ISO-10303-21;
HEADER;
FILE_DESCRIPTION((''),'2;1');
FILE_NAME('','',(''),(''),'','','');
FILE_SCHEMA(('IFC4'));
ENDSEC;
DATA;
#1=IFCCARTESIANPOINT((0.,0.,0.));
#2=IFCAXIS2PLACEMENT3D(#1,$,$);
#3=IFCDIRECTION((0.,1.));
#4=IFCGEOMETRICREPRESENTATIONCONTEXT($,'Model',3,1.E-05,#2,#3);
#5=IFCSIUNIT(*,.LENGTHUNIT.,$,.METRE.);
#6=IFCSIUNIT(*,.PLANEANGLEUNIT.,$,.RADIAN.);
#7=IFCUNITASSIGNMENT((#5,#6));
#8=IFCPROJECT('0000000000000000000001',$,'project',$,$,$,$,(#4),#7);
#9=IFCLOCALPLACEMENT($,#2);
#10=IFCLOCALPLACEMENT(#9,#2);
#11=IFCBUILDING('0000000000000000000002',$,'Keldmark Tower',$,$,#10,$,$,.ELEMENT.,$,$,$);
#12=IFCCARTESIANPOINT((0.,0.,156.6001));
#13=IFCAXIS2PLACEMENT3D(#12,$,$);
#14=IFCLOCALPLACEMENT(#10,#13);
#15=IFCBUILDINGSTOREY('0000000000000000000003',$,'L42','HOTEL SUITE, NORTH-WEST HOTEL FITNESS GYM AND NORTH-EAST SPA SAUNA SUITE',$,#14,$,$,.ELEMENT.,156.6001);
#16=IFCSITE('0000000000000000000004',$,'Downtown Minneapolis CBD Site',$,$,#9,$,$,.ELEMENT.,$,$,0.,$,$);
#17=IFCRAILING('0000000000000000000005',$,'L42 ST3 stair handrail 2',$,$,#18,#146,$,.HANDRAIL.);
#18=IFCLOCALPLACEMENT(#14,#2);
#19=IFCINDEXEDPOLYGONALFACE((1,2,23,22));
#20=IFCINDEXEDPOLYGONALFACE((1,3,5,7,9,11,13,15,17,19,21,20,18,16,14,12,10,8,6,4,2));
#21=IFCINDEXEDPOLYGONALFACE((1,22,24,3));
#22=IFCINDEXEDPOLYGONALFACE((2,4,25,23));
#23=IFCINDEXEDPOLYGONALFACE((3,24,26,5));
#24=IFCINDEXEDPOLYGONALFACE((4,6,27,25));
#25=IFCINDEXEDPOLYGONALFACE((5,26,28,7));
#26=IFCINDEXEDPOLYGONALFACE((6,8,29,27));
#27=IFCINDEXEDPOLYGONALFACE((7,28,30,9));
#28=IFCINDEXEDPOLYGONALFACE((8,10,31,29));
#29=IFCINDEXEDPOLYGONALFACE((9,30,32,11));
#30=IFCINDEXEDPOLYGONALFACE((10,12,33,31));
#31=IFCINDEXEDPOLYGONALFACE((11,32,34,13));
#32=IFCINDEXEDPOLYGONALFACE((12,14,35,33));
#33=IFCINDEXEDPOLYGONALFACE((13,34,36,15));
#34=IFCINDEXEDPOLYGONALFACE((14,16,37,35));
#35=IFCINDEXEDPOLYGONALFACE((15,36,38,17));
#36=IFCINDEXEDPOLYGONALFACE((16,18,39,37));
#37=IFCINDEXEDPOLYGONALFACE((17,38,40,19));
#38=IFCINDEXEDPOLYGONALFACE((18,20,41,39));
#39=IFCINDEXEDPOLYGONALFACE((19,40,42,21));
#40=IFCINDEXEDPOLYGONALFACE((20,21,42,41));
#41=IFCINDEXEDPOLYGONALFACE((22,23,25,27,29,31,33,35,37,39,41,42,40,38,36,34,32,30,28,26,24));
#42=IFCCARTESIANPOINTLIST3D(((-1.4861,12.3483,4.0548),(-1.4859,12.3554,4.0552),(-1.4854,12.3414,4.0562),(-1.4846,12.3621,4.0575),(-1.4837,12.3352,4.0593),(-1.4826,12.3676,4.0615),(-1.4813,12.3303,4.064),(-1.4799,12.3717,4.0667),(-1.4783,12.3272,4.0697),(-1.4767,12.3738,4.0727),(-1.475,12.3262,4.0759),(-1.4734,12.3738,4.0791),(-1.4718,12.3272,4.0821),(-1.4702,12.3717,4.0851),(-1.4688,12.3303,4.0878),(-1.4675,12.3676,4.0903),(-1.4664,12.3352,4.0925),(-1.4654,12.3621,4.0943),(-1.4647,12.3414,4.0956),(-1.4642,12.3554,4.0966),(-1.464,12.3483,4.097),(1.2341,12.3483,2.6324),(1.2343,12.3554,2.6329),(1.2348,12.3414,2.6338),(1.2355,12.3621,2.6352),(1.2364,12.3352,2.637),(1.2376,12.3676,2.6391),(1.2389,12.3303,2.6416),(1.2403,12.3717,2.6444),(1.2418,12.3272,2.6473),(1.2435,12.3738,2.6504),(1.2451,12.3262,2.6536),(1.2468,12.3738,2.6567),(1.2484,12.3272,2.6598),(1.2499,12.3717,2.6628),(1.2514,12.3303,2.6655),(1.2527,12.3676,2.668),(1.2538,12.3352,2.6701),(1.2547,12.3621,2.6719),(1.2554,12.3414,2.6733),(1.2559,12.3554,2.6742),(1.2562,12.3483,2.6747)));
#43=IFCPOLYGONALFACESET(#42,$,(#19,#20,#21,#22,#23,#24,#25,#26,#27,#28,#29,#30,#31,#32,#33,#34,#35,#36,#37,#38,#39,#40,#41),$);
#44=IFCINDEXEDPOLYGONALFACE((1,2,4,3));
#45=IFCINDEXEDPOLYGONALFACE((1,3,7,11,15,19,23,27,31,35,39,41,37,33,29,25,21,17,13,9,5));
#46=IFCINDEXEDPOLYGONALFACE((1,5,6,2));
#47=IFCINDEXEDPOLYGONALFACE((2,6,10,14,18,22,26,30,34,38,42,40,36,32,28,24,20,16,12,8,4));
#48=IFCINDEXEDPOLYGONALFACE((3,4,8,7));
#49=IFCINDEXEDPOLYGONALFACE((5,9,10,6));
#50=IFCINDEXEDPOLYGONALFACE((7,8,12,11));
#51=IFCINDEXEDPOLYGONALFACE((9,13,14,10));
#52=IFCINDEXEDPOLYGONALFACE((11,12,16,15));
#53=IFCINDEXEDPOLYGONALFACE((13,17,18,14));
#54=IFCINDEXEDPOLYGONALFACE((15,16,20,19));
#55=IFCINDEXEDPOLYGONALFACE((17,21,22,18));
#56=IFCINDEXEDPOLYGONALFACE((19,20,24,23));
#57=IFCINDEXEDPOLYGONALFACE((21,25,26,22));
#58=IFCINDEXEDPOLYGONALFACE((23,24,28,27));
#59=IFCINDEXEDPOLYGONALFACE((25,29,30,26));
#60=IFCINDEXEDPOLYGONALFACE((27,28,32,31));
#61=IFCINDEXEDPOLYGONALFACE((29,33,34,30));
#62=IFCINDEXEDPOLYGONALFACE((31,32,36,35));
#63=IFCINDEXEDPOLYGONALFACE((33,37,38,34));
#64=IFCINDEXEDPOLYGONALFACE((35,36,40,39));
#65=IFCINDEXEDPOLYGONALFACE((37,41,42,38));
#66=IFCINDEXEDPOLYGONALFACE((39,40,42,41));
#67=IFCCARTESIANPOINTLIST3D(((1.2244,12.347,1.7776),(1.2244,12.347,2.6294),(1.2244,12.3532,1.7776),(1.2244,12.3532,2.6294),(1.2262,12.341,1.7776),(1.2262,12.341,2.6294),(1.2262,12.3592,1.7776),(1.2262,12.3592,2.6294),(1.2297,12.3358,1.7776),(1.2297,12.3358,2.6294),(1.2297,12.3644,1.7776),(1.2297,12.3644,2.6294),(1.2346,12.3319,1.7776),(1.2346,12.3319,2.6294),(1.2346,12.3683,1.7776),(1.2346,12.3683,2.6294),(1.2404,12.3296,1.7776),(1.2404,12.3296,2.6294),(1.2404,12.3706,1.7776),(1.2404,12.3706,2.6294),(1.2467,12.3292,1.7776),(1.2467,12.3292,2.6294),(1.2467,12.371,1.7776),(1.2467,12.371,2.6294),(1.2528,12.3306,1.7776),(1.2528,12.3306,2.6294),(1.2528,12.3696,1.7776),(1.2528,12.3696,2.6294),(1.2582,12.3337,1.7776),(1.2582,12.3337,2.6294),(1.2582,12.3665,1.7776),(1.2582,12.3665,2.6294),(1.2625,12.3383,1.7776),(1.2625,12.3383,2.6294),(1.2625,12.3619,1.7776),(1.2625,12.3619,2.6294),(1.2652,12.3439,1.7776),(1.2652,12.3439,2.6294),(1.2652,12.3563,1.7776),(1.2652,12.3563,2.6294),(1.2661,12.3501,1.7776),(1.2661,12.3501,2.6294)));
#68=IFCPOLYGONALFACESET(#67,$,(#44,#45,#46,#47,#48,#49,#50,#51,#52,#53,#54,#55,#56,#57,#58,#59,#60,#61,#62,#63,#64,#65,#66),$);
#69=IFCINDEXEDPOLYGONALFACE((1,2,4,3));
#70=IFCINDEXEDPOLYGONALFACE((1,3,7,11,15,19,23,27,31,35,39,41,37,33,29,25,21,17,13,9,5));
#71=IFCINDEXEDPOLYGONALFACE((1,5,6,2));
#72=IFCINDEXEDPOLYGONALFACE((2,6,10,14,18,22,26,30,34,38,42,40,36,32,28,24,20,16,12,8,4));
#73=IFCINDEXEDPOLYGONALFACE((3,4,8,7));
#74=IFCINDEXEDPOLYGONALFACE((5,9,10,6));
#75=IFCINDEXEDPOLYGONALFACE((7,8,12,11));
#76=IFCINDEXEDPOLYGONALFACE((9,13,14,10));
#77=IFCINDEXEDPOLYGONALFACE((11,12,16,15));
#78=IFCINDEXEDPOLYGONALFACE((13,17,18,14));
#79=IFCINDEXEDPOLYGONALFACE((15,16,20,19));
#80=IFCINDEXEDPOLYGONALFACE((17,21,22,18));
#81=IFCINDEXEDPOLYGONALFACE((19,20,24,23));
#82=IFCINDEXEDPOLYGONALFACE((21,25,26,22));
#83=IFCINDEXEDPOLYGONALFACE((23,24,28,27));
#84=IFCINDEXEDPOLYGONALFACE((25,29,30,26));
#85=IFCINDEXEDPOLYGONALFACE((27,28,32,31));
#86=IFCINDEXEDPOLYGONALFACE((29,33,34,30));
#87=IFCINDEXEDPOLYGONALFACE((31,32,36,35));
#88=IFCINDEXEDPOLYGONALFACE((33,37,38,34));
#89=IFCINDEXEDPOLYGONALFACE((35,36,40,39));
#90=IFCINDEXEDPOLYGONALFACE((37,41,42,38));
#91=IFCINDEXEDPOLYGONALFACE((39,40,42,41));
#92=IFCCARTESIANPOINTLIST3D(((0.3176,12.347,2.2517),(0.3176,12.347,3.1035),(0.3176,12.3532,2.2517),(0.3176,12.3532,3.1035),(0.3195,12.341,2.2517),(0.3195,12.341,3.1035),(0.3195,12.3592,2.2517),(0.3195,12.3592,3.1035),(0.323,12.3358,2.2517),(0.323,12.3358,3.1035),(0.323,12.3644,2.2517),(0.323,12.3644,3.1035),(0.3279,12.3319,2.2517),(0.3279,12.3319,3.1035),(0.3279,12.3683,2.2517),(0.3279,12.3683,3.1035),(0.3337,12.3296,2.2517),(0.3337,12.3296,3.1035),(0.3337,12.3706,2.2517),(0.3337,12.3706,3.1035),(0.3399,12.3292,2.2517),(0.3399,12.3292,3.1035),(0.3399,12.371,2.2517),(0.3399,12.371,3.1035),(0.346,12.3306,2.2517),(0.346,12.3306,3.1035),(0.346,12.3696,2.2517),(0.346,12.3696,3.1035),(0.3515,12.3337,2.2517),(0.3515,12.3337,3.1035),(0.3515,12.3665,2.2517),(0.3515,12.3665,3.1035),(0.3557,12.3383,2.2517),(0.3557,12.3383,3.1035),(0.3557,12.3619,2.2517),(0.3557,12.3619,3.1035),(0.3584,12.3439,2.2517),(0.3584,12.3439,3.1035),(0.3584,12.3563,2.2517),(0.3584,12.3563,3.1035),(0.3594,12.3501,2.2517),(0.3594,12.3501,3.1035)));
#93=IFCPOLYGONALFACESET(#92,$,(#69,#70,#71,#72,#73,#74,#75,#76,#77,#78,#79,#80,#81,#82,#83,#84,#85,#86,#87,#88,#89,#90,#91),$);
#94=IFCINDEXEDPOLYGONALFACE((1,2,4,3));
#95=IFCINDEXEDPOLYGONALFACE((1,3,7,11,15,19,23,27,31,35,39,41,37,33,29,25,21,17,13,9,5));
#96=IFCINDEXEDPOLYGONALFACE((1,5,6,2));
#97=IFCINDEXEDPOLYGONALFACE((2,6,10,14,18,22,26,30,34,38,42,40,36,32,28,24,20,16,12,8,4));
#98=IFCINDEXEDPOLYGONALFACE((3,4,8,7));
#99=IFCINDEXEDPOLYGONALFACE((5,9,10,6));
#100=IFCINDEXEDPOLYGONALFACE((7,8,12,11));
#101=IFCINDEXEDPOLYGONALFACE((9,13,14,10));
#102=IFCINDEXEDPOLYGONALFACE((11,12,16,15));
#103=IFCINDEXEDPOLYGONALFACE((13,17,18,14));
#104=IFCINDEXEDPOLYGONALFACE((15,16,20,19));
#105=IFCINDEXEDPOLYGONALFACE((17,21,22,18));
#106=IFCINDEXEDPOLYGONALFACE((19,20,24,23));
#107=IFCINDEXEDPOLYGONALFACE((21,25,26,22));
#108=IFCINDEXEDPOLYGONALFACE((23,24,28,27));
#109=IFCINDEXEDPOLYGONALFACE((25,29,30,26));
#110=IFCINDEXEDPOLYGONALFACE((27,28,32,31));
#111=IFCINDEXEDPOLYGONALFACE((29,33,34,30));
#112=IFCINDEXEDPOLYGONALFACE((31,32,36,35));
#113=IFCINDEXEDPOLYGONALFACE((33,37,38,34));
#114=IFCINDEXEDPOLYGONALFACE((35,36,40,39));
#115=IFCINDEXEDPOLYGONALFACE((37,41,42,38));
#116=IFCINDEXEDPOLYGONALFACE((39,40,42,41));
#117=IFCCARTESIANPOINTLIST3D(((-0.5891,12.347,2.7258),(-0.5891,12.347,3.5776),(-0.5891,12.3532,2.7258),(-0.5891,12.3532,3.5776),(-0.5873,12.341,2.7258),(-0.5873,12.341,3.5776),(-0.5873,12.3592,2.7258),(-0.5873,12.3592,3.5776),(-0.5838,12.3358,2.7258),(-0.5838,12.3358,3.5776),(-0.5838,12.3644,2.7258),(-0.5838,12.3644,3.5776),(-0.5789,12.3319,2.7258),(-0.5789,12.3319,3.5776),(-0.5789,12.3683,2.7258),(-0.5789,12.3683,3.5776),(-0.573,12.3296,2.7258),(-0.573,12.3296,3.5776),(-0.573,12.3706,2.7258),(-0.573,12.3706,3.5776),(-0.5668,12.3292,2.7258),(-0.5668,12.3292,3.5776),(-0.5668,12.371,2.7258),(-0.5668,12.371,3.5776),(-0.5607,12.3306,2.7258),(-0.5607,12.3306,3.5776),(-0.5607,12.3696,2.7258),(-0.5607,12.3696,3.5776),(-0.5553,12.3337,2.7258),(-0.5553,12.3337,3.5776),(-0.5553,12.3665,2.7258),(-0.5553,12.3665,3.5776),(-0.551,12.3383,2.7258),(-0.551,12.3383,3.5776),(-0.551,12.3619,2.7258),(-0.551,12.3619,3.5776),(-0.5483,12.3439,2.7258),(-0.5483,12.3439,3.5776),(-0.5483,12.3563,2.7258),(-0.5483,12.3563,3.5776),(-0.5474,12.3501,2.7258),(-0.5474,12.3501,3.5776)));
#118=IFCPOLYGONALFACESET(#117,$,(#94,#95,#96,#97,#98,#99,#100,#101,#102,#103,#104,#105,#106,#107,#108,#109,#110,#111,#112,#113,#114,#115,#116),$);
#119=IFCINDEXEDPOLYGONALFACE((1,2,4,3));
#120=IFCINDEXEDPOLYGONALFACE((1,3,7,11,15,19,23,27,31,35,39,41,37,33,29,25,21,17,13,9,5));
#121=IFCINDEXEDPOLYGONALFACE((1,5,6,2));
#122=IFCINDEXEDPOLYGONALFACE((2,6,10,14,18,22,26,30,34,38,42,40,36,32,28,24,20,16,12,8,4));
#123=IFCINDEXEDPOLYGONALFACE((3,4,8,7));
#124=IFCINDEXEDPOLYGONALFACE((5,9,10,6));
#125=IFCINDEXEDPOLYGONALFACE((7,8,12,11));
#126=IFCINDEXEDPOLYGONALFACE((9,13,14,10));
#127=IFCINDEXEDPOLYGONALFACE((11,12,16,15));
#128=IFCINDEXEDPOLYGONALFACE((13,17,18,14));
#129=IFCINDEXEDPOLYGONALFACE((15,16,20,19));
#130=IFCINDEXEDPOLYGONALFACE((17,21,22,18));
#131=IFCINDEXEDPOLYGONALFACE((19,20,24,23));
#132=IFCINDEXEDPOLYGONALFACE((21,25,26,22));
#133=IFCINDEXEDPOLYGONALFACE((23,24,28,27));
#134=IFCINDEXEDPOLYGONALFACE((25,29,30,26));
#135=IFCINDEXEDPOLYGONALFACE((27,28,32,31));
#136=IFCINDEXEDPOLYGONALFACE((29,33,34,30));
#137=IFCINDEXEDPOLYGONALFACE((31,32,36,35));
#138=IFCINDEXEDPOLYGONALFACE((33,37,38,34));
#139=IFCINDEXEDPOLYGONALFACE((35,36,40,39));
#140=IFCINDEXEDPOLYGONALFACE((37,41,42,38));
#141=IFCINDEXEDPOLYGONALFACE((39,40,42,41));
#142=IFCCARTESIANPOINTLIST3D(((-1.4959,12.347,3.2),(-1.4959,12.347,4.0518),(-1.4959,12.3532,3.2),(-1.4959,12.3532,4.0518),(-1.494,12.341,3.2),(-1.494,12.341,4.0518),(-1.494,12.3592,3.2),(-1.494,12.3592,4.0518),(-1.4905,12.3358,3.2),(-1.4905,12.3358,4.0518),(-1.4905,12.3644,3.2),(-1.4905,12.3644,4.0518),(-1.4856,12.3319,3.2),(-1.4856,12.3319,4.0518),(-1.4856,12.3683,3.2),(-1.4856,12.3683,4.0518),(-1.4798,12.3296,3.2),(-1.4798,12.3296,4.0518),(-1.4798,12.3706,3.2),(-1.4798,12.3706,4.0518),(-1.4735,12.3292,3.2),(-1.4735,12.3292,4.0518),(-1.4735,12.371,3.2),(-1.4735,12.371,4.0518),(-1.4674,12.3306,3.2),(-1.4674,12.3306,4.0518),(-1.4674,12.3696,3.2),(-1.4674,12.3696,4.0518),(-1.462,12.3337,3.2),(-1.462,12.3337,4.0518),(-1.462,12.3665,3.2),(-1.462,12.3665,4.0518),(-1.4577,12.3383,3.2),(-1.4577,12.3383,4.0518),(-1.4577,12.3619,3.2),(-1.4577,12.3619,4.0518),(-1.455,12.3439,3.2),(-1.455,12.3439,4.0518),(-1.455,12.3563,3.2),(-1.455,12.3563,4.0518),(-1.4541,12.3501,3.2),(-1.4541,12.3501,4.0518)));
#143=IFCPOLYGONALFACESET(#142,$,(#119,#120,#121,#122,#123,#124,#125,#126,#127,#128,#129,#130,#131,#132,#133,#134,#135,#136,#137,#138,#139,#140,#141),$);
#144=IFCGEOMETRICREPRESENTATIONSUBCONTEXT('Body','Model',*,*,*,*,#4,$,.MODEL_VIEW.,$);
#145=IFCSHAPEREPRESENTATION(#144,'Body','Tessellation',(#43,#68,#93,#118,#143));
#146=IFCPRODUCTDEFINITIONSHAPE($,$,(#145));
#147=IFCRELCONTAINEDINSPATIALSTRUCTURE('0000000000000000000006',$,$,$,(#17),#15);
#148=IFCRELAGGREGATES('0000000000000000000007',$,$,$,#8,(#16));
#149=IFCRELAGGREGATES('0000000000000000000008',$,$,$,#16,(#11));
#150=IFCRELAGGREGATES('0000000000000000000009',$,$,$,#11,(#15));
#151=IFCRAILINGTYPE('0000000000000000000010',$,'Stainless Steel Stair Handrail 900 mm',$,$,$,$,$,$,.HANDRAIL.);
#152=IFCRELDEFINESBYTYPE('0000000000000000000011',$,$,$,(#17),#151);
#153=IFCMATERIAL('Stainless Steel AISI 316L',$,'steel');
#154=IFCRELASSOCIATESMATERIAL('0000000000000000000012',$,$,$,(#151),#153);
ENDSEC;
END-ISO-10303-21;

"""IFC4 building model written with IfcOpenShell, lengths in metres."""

from ifc_helpers import new_model, si_unit, direction, frame, origin, origin_2d, place, context, subcontext, project, spatial, circle, extrude, material, type_object, element, save


model = new_model("IFC4")

# Units and contexts
model_context = context("Model", 3, precision=1e-05, world=origin(), true_north=direction((0.0, 1.0)))
body_context = subcontext(model_context, "Body", "Model", "MODEL_VIEW")
ifc_project = project(units=[si_unit("LENGTHUNIT", "METRE"), si_unit("PLANEANGLEUNIT", "RADIAN")], contexts=[model_context])

# Site, building, storey
site_placement = place(None, origin())
site = spatial("IfcSite", under=ifc_project, at=site_placement, Name="Downtown Minneapolis CBD Site", CompositionType="ELEMENT", RefElevation=0.0)
building_placement = place(site_placement, origin())
building = spatial("IfcBuilding", under=site, at=building_placement, Name="Keldmark Tower", CompositionType="ELEMENT")
storey_placement = place(building_placement, frame((0.0, 0.0, 156.6001)))
storey = spatial("IfcBuildingStorey", under=building, at=storey_placement, Name="L42", Description="HOTEL SUITE, NORTH-WEST HOTEL FITNESS GYM AND NORTH-EAST SPA SAUNA SUITE", CompositionType="ELEMENT", Elevation=156.6001)

# Railing
ifc_material_1 = material(Name="Stainless Steel AISI 316L", Category="steel")
railing_type_1 = type_object("IfcRailingType", Name="Stainless Steel Stair Handrail 900 mm", PredefinedType="HANDRAIL", material=ifc_material_1)
railing_1_placement = place(storey_placement, frame((1.2451, 12.3501, 1.7776)))
element("IfcRailing", 1, at=railing_1_placement, inside=storey, type_object=railing_type_1, Name="L42 ST3 stair handrail 2", PredefinedType="HANDRAIL", context=body_context, shape_type="SweptSolid", body=[
    extrude(circle(Radius=0.0239, at=origin_2d()), frame((0.0, 0.0, 0.876), z_axis=(-0.886168, 0.0, 0.463365), x_axis=(0.0, -1.0, 0.0)), (0.0, 0.0, 1.0), 3.0696),
    extrude(circle(Radius=0.021, at=origin_2d()), origin(), (0.0, 0.0, 1.0), 0.8518),
    extrude(circle(Radius=0.021, at=origin_2d()), frame((-0.9067, 0.0, 0.4741)), (0.0, 0.0, 1.0), 0.8518),
    extrude(circle(Radius=0.021, at=origin_2d()), frame((-1.8135, 0.0, 0.9482)), (0.0, 0.0, 1.0), 0.8518),
    extrude(circle(Radius=0.021, at=origin_2d()), frame((-2.7202, 0.0, 1.4224)), (0.0, 0.0, 1.0), 0.8518),
])

save(model, "model.ifc")
